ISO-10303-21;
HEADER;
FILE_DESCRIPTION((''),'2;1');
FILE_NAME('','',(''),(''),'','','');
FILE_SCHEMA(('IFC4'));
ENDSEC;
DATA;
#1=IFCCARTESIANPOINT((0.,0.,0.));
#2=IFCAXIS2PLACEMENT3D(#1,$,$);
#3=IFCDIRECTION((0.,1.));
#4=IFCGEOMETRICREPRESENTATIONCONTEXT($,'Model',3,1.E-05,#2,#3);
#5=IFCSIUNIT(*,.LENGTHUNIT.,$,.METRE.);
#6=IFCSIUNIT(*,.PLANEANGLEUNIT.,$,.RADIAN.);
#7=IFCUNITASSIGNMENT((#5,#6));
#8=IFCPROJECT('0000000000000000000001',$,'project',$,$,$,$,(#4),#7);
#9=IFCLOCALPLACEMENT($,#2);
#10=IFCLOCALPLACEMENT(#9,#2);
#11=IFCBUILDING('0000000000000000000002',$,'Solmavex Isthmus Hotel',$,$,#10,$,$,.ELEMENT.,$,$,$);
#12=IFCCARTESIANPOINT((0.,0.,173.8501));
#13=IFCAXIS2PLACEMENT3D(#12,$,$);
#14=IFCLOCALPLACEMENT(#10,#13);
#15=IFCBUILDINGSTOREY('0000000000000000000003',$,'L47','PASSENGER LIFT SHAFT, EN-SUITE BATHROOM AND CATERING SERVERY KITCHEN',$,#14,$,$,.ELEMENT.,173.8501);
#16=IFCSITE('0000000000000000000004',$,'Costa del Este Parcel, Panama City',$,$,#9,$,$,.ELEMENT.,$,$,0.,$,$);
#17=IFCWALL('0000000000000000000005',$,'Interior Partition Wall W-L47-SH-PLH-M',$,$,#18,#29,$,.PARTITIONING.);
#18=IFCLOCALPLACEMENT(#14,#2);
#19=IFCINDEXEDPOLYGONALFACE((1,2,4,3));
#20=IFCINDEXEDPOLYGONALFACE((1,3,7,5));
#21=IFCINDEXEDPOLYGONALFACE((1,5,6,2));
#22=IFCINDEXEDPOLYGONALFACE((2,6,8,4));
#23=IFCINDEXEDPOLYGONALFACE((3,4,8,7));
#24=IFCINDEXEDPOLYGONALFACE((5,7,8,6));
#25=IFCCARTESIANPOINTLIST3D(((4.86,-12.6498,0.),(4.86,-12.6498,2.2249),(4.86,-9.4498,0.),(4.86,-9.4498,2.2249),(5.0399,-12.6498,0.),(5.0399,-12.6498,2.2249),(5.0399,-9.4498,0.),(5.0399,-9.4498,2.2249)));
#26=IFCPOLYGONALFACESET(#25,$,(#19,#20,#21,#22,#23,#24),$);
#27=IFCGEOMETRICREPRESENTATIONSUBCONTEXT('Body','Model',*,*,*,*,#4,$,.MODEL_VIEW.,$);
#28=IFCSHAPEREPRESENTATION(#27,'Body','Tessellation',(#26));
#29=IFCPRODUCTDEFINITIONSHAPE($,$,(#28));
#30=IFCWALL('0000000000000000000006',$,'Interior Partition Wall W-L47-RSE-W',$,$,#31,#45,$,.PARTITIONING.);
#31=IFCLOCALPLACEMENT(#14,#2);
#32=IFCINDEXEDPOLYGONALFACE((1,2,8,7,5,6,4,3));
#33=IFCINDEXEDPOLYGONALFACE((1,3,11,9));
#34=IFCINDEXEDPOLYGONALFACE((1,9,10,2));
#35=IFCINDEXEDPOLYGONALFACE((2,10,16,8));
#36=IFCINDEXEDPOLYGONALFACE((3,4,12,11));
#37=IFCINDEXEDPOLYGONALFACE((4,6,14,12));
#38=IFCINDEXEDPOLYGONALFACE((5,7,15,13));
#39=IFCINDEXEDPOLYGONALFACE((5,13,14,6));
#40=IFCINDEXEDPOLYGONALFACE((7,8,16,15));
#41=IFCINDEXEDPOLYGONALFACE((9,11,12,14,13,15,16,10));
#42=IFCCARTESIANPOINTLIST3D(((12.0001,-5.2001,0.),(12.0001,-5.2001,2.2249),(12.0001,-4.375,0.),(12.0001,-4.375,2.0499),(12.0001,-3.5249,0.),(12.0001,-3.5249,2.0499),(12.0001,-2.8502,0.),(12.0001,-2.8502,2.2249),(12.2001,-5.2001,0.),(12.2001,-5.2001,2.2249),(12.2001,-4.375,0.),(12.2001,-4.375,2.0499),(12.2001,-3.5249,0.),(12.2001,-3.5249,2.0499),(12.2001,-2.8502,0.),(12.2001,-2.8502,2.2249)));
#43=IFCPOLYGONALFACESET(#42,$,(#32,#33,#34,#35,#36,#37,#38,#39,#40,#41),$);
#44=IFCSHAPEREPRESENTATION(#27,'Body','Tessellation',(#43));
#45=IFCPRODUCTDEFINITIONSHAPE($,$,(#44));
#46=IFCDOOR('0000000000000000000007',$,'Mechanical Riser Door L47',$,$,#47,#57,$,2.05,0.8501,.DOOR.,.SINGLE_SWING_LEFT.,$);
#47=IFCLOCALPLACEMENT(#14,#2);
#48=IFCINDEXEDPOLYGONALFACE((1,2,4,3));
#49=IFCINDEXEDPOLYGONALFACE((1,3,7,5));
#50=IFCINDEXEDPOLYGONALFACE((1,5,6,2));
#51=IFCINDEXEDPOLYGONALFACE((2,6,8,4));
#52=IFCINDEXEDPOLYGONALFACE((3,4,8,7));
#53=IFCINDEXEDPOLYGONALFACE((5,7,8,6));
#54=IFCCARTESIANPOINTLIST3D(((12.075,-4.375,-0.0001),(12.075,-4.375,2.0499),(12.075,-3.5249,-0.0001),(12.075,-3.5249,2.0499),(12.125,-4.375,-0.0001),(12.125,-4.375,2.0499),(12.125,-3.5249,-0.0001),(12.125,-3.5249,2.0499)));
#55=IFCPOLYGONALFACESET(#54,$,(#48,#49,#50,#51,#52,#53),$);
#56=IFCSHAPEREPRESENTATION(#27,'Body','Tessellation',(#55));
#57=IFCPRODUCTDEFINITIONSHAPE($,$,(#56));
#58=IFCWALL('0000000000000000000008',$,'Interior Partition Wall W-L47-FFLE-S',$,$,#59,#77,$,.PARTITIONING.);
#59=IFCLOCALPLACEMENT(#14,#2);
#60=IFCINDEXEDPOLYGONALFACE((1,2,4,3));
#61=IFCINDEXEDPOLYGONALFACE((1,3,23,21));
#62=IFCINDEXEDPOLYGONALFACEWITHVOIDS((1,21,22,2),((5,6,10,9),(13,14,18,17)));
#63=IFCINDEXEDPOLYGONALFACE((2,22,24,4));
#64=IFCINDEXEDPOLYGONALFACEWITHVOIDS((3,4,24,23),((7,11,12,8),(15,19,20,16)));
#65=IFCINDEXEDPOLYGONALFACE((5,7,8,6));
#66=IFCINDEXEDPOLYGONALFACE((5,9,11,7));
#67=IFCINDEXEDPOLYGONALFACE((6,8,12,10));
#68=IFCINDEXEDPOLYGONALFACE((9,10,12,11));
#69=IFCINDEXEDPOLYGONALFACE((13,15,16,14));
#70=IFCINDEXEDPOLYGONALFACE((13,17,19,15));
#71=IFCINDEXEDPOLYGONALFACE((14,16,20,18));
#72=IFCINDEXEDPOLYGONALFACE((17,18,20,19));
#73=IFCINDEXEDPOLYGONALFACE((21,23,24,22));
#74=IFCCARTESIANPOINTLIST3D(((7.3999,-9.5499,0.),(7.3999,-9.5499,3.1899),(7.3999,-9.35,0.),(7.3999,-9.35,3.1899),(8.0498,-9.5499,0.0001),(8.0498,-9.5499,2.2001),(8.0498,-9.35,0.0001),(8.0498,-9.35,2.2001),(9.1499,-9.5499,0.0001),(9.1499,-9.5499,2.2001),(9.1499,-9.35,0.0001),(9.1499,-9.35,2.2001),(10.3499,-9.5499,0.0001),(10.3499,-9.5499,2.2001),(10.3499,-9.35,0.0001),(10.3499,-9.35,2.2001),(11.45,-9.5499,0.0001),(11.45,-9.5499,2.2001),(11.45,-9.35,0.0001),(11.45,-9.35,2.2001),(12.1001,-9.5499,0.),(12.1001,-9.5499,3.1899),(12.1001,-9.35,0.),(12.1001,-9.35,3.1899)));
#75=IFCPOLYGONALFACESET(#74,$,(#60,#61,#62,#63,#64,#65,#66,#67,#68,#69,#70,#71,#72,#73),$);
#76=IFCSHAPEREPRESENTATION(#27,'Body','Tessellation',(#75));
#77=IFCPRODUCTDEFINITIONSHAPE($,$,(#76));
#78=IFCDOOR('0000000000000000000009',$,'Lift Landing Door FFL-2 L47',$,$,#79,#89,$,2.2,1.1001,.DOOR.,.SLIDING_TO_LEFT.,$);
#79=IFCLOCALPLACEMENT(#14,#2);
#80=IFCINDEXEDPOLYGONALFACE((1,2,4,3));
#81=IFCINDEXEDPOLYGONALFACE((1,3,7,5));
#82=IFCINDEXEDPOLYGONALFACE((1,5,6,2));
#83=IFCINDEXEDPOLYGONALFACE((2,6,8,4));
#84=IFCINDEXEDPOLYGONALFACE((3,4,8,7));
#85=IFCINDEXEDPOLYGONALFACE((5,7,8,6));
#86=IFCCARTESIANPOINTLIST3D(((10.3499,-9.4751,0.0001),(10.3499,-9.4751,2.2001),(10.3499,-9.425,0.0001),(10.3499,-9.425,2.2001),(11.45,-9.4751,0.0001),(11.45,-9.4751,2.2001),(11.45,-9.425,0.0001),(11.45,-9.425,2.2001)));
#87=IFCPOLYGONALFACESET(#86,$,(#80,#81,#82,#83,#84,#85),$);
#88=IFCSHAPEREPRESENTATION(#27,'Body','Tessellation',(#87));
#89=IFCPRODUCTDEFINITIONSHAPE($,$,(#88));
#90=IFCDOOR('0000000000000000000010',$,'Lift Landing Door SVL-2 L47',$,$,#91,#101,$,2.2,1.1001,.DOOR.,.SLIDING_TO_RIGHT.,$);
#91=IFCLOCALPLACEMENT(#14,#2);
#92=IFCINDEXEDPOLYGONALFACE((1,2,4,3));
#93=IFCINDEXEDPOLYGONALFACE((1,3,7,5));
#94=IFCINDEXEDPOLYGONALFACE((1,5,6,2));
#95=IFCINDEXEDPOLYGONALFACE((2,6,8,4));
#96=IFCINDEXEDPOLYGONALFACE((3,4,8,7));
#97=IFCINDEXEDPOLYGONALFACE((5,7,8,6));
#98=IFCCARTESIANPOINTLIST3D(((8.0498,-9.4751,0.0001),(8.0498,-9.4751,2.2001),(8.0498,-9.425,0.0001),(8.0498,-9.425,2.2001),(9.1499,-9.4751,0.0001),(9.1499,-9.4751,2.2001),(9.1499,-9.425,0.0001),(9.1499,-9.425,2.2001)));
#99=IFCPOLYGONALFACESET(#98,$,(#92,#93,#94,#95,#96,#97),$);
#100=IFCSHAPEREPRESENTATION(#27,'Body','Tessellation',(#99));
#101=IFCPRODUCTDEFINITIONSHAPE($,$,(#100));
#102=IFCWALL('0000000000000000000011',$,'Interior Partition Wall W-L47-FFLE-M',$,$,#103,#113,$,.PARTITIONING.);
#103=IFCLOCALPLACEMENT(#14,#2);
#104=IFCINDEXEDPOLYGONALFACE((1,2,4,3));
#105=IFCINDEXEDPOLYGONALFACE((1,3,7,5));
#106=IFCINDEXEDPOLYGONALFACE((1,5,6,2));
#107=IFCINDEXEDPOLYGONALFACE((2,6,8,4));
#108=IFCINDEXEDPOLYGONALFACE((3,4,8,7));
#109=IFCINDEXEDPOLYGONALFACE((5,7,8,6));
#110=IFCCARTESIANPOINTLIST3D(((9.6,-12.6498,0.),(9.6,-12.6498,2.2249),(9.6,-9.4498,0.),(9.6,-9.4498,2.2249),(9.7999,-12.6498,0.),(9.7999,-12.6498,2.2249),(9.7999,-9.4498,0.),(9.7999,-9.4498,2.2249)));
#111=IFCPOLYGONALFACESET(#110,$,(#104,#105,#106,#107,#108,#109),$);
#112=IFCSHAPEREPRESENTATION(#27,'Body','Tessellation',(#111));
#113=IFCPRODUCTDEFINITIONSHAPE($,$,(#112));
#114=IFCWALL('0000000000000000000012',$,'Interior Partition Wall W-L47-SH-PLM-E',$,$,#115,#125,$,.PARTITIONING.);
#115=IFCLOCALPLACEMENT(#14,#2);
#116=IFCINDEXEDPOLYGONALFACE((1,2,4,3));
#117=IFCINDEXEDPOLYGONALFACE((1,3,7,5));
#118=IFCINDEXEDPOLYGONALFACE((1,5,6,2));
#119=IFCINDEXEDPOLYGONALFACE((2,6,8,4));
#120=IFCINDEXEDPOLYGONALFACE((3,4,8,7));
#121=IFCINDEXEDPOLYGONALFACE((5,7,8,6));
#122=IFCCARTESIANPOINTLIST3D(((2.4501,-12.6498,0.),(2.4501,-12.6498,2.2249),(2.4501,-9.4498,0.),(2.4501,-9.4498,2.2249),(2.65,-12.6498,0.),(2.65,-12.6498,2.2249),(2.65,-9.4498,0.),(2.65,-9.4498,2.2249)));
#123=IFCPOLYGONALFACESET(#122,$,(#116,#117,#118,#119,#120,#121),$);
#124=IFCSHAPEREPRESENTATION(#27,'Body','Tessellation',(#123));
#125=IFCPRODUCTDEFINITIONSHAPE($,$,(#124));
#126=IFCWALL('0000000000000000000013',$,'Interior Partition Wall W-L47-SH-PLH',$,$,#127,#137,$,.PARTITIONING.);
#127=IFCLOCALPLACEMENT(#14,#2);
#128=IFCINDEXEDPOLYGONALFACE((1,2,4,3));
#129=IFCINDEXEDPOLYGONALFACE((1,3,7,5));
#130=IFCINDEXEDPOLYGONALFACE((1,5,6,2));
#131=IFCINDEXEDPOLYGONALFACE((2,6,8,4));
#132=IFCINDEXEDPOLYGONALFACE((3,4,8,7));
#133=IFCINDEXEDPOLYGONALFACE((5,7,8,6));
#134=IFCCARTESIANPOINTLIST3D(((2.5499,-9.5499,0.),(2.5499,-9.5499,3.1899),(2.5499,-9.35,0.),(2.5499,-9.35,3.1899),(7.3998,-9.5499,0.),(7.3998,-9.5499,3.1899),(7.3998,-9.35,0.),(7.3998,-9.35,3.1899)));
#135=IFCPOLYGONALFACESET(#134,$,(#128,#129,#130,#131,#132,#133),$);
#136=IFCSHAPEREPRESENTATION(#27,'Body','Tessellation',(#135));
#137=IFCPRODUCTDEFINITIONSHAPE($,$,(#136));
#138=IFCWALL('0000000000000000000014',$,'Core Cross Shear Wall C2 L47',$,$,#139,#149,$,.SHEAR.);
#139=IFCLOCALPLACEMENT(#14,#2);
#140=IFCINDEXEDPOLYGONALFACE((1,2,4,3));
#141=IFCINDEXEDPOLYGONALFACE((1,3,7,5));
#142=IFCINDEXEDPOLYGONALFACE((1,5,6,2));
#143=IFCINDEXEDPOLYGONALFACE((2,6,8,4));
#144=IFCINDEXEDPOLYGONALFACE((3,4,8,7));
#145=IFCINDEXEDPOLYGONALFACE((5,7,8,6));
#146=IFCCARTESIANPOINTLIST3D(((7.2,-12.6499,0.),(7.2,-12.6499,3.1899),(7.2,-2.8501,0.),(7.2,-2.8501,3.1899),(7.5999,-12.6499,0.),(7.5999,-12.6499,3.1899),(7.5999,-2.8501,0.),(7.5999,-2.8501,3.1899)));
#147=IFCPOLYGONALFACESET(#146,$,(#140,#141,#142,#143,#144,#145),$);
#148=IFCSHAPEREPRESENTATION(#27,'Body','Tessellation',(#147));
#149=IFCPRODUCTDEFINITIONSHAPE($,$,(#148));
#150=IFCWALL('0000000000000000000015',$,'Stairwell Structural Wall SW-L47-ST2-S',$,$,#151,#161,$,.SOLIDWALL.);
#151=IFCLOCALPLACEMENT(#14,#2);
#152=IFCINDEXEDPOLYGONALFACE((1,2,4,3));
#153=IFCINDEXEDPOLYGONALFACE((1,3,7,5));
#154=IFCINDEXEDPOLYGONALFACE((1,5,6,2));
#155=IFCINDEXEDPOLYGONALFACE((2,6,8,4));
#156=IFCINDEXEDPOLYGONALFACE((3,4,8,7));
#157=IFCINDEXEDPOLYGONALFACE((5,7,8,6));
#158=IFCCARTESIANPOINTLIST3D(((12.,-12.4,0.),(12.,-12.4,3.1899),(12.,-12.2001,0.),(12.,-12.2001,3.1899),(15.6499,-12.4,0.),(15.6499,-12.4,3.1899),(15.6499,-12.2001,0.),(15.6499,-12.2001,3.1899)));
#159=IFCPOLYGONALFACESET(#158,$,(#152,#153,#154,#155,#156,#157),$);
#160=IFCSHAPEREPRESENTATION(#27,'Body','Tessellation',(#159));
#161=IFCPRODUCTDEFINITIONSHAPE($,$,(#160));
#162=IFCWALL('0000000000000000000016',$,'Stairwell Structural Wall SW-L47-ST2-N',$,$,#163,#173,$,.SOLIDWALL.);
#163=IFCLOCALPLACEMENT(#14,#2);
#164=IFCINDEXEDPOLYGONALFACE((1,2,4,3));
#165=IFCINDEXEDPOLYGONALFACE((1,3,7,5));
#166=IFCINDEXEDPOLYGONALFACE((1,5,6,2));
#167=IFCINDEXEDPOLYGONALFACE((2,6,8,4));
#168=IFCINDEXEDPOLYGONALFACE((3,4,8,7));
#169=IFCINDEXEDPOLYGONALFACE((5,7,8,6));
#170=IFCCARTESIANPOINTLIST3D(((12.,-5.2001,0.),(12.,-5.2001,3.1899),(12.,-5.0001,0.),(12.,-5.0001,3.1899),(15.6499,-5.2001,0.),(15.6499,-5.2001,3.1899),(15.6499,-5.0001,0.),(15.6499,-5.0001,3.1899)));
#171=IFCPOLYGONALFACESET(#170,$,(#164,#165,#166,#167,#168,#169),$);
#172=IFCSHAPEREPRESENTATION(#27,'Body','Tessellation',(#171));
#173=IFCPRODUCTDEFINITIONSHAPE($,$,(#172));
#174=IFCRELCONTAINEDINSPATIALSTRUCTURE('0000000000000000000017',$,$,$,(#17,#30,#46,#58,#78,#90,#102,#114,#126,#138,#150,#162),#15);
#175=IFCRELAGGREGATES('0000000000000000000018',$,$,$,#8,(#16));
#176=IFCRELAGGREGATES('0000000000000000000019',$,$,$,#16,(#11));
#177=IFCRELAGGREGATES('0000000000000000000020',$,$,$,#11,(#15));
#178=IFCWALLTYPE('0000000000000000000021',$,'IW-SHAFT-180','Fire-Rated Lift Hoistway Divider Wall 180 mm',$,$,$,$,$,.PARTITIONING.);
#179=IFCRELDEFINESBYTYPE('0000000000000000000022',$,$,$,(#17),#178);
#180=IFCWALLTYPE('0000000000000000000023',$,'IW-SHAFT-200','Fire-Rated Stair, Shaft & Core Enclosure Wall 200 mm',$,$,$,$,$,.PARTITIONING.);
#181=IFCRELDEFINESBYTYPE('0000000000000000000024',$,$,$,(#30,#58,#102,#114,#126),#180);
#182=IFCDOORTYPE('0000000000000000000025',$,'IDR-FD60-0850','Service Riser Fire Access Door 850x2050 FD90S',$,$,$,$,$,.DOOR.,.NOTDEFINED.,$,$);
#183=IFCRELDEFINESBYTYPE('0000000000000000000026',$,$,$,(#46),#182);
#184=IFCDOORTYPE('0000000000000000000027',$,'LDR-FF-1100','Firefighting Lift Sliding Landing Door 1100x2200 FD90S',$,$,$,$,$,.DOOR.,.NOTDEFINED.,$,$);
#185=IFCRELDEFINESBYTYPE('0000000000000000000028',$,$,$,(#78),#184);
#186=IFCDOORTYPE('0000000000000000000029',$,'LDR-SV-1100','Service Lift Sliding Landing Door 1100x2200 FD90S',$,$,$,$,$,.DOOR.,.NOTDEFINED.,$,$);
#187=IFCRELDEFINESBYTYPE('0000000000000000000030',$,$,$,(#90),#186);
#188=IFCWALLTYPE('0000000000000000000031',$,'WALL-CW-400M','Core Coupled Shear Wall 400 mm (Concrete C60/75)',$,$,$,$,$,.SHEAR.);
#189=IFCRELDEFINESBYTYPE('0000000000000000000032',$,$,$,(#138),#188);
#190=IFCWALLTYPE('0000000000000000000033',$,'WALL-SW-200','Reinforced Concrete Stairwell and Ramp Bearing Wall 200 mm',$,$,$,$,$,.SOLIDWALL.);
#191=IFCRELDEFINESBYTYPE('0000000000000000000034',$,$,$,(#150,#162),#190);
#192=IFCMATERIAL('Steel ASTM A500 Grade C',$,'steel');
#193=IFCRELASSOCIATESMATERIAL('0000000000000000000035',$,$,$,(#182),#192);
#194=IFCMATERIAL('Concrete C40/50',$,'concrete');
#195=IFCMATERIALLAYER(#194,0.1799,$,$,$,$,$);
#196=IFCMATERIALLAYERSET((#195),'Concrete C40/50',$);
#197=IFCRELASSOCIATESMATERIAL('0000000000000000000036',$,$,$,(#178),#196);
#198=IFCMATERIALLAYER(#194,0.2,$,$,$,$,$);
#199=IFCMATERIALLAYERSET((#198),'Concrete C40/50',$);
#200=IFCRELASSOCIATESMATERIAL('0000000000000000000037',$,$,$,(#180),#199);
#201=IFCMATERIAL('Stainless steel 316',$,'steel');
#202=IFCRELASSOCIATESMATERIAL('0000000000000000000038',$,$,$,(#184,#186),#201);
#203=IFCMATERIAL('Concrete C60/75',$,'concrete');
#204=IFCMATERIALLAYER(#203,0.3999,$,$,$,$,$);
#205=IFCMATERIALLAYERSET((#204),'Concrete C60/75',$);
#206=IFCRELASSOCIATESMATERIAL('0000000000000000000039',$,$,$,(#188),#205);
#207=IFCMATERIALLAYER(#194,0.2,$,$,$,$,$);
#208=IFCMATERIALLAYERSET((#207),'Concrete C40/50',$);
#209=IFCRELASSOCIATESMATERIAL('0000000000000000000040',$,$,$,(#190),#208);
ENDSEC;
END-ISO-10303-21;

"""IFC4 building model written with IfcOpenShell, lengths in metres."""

from ifc_helpers import new_model, si_unit, direction, frame, frame_2d, origin, place, context, subcontext, project, spatial, rectangle, extrude, material, layer, layer_set, type_object, element, fill, save


model = new_model("IFC4")

# Units and contexts
model_context = context("Model", 3, precision=1e-05, world=origin(), true_north=direction((0.0, 1.0)))
body_context = subcontext(model_context, "Body", "Model", "MODEL_VIEW")
ifc_project = project(units=[si_unit("LENGTHUNIT", "METRE"), si_unit("PLANEANGLEUNIT", "RADIAN")], contexts=[model_context])

# Site, building, storey
site_placement = place(None, origin())
site = spatial("IfcSite", under=ifc_project, at=site_placement, Name="Costa del Este Parcel, Panama City", CompositionType="ELEMENT", RefElevation=0.0)
building_placement = place(site_placement, origin())
building = spatial("IfcBuilding", under=site, at=building_placement, Name="Solmavex Isthmus Hotel", CompositionType="ELEMENT")
storey_placement = place(building_placement, frame((0.0, 0.0, 173.8501)))
storey = spatial("IfcBuildingStorey", under=building, at=storey_placement, Name="L47", Description="PASSENGER LIFT SHAFT, EN-SUITE BATHROOM AND CATERING SERVERY KITCHEN", CompositionType="ELEMENT", Elevation=173.8501)

# Shared definitions
ifc_material_1 = material(Name="Concrete C60/75", Category="concrete")

# Shared definitions
ifc_material_2 = material(Name="Steel ASTM A500 Grade C", Category="steel")
door_type_1 = type_object("IfcDoorType", Name="IDR-FD60-0850", Description="Service Riser Fire Access Door 850x2050 FD90S", OperationType="NOTDEFINED", PredefinedType="DOOR", material=ifc_material_2)

# Wall
ifc_material_3 = material(Name="Concrete C40/50", Category="concrete")
ifc_layer_1 = layer(ifc_material_3, 0.1799)
ifc_layer_set_1 = layer_set([ifc_layer_1], Name="Concrete C40/50")
wall_type_1 = type_object("IfcWallType", Name="IW-SHAFT-180", Description="Fire-Rated Lift Hoistway Divider Wall 180 mm", PredefinedType="PARTITIONING", material=ifc_layer_set_1)
wall_1_placement = place(storey_placement, frame((4.95, -12.6499, 0.0), z_axis=(0.0, 0.0, 1.0), x_axis=(0.0, 1.0, 0.0)))
element("IfcWall", 1, at=wall_1_placement, inside=storey, type_object=wall_type_1, Name="Interior Partition Wall W-L47-SH-PLH-M", PredefinedType="PARTITIONING", context=body_context, shape_type="SweptSolid", body=[
    extrude(rectangle(XDim=3.2, YDim=0.1799, at=frame_2d((1.6001, 0.0))), origin(), (0.0, 0.0, 1.0), 2.2249),
])

# Wall, opening, door
ifc_layer_2 = layer(ifc_material_3, 0.2)
ifc_layer_set_2 = layer_set([ifc_layer_2], Name="Concrete C40/50")
wall_type_2 = type_object("IfcWallType", Name="IW-SHAFT-200", Description="Fire-Rated Stair, Shaft & Core Enclosure Wall 200 mm", PredefinedType="PARTITIONING", material=ifc_layer_set_2)
wall_2_placement = place(storey_placement, frame((12.1001, -5.2, 0.0), z_axis=(0.0, 0.0, 1.0), x_axis=(0.0, 1.0, 0.0)))
wall_2 = element("IfcWall", 2, at=wall_2_placement, inside=storey, type_object=wall_type_2, Name="Interior Partition Wall W-L47-RSE-W", PredefinedType="PARTITIONING", context=body_context, shape_type="SweptSolid", body=[
    extrude(rectangle(XDim=2.3499, YDim=0.2, at=frame_2d((1.1748, 0.0))), origin(), (0.0, 0.0, 1.0), 2.2249),
])
opening_1_placement = place(wall_2_placement, frame((0.825, 0.0, 0.0)))
opening_1 = element("IfcOpeningElement", 3, at=opening_1_placement, cuts=wall_2, PredefinedType="OPENING", context=body_context, shape_type="SweptSolid", body=[
    extrude(rectangle(XDim=0.8501, YDim=2.05, at=frame_2d((0.425, 1.0249))), frame((0.0, 0.1099, 0.0), z_axis=(0.0, -1.0, 0.0), x_axis=(1.0, 0.0, 0.0)), (0.0, 0.0, 1.0), 0.22),
])
door_1_placement = place(opening_1_placement, frame((0.8501, 0.0, 0.0), z_axis=(0.0, 0.0, 1.0), x_axis=(-1.0, 0.0, 0.0)))
door_1 = element("IfcDoor", 4, at=door_1_placement, inside=storey, type_object=door_type_1, Name="Mechanical Riser Door L47", OperationType="SINGLE_SWING_LEFT", OverallHeight=2.05, OverallWidth=0.8501, PredefinedType="DOOR", context=body_context, shape_type="SweptSolid", body=[
    extrude(rectangle(XDim=0.8501, YDim=2.05, at=frame_2d((0.425, 1.0249))), frame((0.0, 0.0249, 0.0), z_axis=(0.0, -1.0, 0.0), x_axis=(1.0, 0.0, 0.0)), (0.0, 0.0, 1.0), 0.05),
])
fill(opening_1, door_1)

# Wall, openings, doors
wall_3_placement = place(storey_placement, frame((7.3999, -9.45, 0.0), z_axis=(0.0, 0.0, 1.0), x_axis=(1.0, 0.0, 0.0)))
wall_3 = element("IfcWall", 5, at=wall_3_placement, inside=storey, type_object=wall_type_2, Name="Interior Partition Wall W-L47-FFLE-S", PredefinedType="PARTITIONING", context=body_context, shape_type="SweptSolid", body=[
    extrude(rectangle(XDim=4.7002, YDim=0.2, at=frame_2d((2.3501, 0.0))), origin(), (0.0, 0.0, 1.0), 3.1899),
])
opening_2_placement = place(wall_3_placement, frame((2.95, 0.0, 0.0)))
opening_2 = element("IfcOpeningElement", 6, at=opening_2_placement, cuts=wall_3, PredefinedType="OPENING", context=body_context, shape_type="SweptSolid", body=[
    extrude(rectangle(XDim=1.1001, YDim=2.2, at=frame_2d((0.55, 1.1001))), frame((0.0, 0.1099, 0.0), z_axis=(0.0, -1.0, 0.0), x_axis=(1.0, 0.0, 0.0)), (0.0, 0.0, 1.0), 0.22),
])
opening_3_placement = place(wall_3_placement, frame((0.6499, 0.0, 0.0)))
opening_3 = element("IfcOpeningElement", 7, at=opening_3_placement, cuts=wall_3, PredefinedType="OPENING", context=body_context, shape_type="SweptSolid", body=[
    extrude(rectangle(XDim=1.1001, YDim=2.2, at=frame_2d((0.55, 1.1001))), frame((0.0, 0.1099, 0.0), z_axis=(0.0, -1.0, 0.0), x_axis=(1.0, 0.0, 0.0)), (0.0, 0.0, 1.0), 0.22),
])
ifc_material_4 = material(Name="Stainless steel 316", Category="steel")
door_type_2 = type_object("IfcDoorType", Name="LDR-FF-1100", Description="Firefighting Lift Sliding Landing Door 1100x2200 FD90S", OperationType="NOTDEFINED", PredefinedType="DOOR", material=ifc_material_4)
door_2_placement = place(opening_2_placement, origin())
door_2 = element("IfcDoor", 8, at=door_2_placement, inside=storey, type_object=door_type_2, Name="Lift Landing Door FFL-2 L47", OperationType="SLIDING_TO_LEFT", OverallHeight=2.2, OverallWidth=1.1001, PredefinedType="DOOR", context=body_context, shape_type="SweptSolid", body=[
    extrude(rectangle(XDim=1.1001, YDim=2.2, at=frame_2d((0.55, 1.1001))), frame((0.0, 0.0249, 0.0), z_axis=(0.0, -1.0, 0.0), x_axis=(1.0, 0.0, 0.0)), (0.0, 0.0, 1.0), 0.05),
])
fill(opening_2, door_2)
door_type_3 = type_object("IfcDoorType", Name="LDR-SV-1100", Description="Service Lift Sliding Landing Door 1100x2200 FD90S", OperationType="NOTDEFINED", PredefinedType="DOOR", material=ifc_material_4)
door_3_placement = place(opening_3_placement, origin())
door_3 = element("IfcDoor", 9, at=door_3_placement, inside=storey, type_object=door_type_3, Name="Lift Landing Door SVL-2 L47", OperationType="SLIDING_TO_RIGHT", OverallHeight=2.2, OverallWidth=1.1001, PredefinedType="DOOR", context=body_context, shape_type="SweptSolid", body=[
    extrude(rectangle(XDim=1.1001, YDim=2.2, at=frame_2d((0.55, 1.1001))), frame((0.0, 0.0249, 0.0), z_axis=(0.0, -1.0, 0.0), x_axis=(1.0, 0.0, 0.0)), (0.0, 0.0, 1.0), 0.05),
])
fill(opening_3, door_3)

# Walls
for number, where, z_axis, x_axis, name in (
    (10, (9.7, -12.6499, 0.0), (0.0, 0.0, 1.0), (0.0, 1.0, 0.0), "Interior Partition Wall W-L47-FFLE-M"),
    (11, (2.55, -12.6499, 0.0), (0.0, 0.0, 1.0), (0.0, 1.0, 0.0), "Interior Partition Wall W-L47-SH-PLM-E"),
):
    element("IfcWall", number, at=place(storey_placement, frame(where, z_axis=z_axis, x_axis=x_axis)), inside=storey, type_object=wall_type_2, Name=name, PredefinedType="PARTITIONING", context=body_context, shape_type="SweptSolid", body=[
        extrude(rectangle(XDim=3.2, YDim=0.2, at=frame_2d((1.6001, 0.0))), origin(), (0.0, 0.0, 1.0), 2.2249),
    ])
wall_4_placement = place(storey_placement, frame((2.55, -9.45, 0.0), z_axis=(0.0, 0.0, 1.0), x_axis=(1.0, 0.0, 0.0)))
element("IfcWall", 12, at=wall_4_placement, inside=storey, type_object=wall_type_2, Name="Interior Partition Wall W-L47-SH-PLH", PredefinedType="PARTITIONING", context=body_context, shape_type="SweptSolid", body=[
    extrude(rectangle(XDim=4.8499, YDim=0.2, at=frame_2d((2.4248, 0.0))), origin(), (0.0, 0.0, 1.0), 3.1899),
])
ifc_layer_3 = layer(ifc_material_1, 0.3999)
ifc_layer_set_3 = layer_set([ifc_layer_3], Name="Concrete C60/75")
wall_type_3 = type_object("IfcWallType", Name="WALL-CW-400M", Description="Core Coupled Shear Wall 400 mm (Concrete C60/75)", PredefinedType="SHEAR", material=ifc_layer_set_3)
wall_5_placement = place(storey_placement, frame((7.3999, -12.6499, 0.0), z_axis=(0.0, 0.0, 1.0), x_axis=(0.0, 1.0, 0.0)))
element("IfcWall", 13, at=wall_5_placement, inside=storey, type_object=wall_type_3, Name="Core Cross Shear Wall C2 L47", PredefinedType="SHEAR", context=body_context, shape_type="SweptSolid", body=[
    extrude(rectangle(XDim=9.7998, YDim=0.3999, at=frame_2d((4.8999, 0.0))), origin(), (0.0, 0.0, 1.0), 3.1899),
])
ifc_layer_4 = layer(ifc_material_3, 0.2)
ifc_layer_set_4 = layer_set([ifc_layer_4], Name="Concrete C40/50")
wall_type_4 = type_object("IfcWallType", Name="WALL-SW-200", Description="Reinforced Concrete Stairwell and Ramp Bearing Wall 200 mm", PredefinedType="SOLIDWALL", material=ifc_layer_set_4)
for number, where, z_axis, x_axis, name in (
    (14, (12.0, -12.3, 0.0), (0.0, 0.0, 1.0), (1.0, 0.0, 0.0), "Stairwell Structural Wall SW-L47-ST2-S"),
    (15, (12.0, -5.1001, 0.0), (0.0, 0.0, 1.0), (1.0, 0.0, 0.0), "Stairwell Structural Wall SW-L47-ST2-N"),
):
    element("IfcWall", number, at=place(storey_placement, frame(where, z_axis=z_axis, x_axis=x_axis)), inside=storey, type_object=wall_type_4, Name=name, PredefinedType="SOLIDWALL", context=body_context, shape_type="SweptSolid", body=[
        extrude(rectangle(XDim=3.6499, YDim=0.2, at=frame_2d((1.825, 0.0))), origin(), (0.0, 0.0, 1.0), 3.1899),
    ])

save(model, "model.ifc")
